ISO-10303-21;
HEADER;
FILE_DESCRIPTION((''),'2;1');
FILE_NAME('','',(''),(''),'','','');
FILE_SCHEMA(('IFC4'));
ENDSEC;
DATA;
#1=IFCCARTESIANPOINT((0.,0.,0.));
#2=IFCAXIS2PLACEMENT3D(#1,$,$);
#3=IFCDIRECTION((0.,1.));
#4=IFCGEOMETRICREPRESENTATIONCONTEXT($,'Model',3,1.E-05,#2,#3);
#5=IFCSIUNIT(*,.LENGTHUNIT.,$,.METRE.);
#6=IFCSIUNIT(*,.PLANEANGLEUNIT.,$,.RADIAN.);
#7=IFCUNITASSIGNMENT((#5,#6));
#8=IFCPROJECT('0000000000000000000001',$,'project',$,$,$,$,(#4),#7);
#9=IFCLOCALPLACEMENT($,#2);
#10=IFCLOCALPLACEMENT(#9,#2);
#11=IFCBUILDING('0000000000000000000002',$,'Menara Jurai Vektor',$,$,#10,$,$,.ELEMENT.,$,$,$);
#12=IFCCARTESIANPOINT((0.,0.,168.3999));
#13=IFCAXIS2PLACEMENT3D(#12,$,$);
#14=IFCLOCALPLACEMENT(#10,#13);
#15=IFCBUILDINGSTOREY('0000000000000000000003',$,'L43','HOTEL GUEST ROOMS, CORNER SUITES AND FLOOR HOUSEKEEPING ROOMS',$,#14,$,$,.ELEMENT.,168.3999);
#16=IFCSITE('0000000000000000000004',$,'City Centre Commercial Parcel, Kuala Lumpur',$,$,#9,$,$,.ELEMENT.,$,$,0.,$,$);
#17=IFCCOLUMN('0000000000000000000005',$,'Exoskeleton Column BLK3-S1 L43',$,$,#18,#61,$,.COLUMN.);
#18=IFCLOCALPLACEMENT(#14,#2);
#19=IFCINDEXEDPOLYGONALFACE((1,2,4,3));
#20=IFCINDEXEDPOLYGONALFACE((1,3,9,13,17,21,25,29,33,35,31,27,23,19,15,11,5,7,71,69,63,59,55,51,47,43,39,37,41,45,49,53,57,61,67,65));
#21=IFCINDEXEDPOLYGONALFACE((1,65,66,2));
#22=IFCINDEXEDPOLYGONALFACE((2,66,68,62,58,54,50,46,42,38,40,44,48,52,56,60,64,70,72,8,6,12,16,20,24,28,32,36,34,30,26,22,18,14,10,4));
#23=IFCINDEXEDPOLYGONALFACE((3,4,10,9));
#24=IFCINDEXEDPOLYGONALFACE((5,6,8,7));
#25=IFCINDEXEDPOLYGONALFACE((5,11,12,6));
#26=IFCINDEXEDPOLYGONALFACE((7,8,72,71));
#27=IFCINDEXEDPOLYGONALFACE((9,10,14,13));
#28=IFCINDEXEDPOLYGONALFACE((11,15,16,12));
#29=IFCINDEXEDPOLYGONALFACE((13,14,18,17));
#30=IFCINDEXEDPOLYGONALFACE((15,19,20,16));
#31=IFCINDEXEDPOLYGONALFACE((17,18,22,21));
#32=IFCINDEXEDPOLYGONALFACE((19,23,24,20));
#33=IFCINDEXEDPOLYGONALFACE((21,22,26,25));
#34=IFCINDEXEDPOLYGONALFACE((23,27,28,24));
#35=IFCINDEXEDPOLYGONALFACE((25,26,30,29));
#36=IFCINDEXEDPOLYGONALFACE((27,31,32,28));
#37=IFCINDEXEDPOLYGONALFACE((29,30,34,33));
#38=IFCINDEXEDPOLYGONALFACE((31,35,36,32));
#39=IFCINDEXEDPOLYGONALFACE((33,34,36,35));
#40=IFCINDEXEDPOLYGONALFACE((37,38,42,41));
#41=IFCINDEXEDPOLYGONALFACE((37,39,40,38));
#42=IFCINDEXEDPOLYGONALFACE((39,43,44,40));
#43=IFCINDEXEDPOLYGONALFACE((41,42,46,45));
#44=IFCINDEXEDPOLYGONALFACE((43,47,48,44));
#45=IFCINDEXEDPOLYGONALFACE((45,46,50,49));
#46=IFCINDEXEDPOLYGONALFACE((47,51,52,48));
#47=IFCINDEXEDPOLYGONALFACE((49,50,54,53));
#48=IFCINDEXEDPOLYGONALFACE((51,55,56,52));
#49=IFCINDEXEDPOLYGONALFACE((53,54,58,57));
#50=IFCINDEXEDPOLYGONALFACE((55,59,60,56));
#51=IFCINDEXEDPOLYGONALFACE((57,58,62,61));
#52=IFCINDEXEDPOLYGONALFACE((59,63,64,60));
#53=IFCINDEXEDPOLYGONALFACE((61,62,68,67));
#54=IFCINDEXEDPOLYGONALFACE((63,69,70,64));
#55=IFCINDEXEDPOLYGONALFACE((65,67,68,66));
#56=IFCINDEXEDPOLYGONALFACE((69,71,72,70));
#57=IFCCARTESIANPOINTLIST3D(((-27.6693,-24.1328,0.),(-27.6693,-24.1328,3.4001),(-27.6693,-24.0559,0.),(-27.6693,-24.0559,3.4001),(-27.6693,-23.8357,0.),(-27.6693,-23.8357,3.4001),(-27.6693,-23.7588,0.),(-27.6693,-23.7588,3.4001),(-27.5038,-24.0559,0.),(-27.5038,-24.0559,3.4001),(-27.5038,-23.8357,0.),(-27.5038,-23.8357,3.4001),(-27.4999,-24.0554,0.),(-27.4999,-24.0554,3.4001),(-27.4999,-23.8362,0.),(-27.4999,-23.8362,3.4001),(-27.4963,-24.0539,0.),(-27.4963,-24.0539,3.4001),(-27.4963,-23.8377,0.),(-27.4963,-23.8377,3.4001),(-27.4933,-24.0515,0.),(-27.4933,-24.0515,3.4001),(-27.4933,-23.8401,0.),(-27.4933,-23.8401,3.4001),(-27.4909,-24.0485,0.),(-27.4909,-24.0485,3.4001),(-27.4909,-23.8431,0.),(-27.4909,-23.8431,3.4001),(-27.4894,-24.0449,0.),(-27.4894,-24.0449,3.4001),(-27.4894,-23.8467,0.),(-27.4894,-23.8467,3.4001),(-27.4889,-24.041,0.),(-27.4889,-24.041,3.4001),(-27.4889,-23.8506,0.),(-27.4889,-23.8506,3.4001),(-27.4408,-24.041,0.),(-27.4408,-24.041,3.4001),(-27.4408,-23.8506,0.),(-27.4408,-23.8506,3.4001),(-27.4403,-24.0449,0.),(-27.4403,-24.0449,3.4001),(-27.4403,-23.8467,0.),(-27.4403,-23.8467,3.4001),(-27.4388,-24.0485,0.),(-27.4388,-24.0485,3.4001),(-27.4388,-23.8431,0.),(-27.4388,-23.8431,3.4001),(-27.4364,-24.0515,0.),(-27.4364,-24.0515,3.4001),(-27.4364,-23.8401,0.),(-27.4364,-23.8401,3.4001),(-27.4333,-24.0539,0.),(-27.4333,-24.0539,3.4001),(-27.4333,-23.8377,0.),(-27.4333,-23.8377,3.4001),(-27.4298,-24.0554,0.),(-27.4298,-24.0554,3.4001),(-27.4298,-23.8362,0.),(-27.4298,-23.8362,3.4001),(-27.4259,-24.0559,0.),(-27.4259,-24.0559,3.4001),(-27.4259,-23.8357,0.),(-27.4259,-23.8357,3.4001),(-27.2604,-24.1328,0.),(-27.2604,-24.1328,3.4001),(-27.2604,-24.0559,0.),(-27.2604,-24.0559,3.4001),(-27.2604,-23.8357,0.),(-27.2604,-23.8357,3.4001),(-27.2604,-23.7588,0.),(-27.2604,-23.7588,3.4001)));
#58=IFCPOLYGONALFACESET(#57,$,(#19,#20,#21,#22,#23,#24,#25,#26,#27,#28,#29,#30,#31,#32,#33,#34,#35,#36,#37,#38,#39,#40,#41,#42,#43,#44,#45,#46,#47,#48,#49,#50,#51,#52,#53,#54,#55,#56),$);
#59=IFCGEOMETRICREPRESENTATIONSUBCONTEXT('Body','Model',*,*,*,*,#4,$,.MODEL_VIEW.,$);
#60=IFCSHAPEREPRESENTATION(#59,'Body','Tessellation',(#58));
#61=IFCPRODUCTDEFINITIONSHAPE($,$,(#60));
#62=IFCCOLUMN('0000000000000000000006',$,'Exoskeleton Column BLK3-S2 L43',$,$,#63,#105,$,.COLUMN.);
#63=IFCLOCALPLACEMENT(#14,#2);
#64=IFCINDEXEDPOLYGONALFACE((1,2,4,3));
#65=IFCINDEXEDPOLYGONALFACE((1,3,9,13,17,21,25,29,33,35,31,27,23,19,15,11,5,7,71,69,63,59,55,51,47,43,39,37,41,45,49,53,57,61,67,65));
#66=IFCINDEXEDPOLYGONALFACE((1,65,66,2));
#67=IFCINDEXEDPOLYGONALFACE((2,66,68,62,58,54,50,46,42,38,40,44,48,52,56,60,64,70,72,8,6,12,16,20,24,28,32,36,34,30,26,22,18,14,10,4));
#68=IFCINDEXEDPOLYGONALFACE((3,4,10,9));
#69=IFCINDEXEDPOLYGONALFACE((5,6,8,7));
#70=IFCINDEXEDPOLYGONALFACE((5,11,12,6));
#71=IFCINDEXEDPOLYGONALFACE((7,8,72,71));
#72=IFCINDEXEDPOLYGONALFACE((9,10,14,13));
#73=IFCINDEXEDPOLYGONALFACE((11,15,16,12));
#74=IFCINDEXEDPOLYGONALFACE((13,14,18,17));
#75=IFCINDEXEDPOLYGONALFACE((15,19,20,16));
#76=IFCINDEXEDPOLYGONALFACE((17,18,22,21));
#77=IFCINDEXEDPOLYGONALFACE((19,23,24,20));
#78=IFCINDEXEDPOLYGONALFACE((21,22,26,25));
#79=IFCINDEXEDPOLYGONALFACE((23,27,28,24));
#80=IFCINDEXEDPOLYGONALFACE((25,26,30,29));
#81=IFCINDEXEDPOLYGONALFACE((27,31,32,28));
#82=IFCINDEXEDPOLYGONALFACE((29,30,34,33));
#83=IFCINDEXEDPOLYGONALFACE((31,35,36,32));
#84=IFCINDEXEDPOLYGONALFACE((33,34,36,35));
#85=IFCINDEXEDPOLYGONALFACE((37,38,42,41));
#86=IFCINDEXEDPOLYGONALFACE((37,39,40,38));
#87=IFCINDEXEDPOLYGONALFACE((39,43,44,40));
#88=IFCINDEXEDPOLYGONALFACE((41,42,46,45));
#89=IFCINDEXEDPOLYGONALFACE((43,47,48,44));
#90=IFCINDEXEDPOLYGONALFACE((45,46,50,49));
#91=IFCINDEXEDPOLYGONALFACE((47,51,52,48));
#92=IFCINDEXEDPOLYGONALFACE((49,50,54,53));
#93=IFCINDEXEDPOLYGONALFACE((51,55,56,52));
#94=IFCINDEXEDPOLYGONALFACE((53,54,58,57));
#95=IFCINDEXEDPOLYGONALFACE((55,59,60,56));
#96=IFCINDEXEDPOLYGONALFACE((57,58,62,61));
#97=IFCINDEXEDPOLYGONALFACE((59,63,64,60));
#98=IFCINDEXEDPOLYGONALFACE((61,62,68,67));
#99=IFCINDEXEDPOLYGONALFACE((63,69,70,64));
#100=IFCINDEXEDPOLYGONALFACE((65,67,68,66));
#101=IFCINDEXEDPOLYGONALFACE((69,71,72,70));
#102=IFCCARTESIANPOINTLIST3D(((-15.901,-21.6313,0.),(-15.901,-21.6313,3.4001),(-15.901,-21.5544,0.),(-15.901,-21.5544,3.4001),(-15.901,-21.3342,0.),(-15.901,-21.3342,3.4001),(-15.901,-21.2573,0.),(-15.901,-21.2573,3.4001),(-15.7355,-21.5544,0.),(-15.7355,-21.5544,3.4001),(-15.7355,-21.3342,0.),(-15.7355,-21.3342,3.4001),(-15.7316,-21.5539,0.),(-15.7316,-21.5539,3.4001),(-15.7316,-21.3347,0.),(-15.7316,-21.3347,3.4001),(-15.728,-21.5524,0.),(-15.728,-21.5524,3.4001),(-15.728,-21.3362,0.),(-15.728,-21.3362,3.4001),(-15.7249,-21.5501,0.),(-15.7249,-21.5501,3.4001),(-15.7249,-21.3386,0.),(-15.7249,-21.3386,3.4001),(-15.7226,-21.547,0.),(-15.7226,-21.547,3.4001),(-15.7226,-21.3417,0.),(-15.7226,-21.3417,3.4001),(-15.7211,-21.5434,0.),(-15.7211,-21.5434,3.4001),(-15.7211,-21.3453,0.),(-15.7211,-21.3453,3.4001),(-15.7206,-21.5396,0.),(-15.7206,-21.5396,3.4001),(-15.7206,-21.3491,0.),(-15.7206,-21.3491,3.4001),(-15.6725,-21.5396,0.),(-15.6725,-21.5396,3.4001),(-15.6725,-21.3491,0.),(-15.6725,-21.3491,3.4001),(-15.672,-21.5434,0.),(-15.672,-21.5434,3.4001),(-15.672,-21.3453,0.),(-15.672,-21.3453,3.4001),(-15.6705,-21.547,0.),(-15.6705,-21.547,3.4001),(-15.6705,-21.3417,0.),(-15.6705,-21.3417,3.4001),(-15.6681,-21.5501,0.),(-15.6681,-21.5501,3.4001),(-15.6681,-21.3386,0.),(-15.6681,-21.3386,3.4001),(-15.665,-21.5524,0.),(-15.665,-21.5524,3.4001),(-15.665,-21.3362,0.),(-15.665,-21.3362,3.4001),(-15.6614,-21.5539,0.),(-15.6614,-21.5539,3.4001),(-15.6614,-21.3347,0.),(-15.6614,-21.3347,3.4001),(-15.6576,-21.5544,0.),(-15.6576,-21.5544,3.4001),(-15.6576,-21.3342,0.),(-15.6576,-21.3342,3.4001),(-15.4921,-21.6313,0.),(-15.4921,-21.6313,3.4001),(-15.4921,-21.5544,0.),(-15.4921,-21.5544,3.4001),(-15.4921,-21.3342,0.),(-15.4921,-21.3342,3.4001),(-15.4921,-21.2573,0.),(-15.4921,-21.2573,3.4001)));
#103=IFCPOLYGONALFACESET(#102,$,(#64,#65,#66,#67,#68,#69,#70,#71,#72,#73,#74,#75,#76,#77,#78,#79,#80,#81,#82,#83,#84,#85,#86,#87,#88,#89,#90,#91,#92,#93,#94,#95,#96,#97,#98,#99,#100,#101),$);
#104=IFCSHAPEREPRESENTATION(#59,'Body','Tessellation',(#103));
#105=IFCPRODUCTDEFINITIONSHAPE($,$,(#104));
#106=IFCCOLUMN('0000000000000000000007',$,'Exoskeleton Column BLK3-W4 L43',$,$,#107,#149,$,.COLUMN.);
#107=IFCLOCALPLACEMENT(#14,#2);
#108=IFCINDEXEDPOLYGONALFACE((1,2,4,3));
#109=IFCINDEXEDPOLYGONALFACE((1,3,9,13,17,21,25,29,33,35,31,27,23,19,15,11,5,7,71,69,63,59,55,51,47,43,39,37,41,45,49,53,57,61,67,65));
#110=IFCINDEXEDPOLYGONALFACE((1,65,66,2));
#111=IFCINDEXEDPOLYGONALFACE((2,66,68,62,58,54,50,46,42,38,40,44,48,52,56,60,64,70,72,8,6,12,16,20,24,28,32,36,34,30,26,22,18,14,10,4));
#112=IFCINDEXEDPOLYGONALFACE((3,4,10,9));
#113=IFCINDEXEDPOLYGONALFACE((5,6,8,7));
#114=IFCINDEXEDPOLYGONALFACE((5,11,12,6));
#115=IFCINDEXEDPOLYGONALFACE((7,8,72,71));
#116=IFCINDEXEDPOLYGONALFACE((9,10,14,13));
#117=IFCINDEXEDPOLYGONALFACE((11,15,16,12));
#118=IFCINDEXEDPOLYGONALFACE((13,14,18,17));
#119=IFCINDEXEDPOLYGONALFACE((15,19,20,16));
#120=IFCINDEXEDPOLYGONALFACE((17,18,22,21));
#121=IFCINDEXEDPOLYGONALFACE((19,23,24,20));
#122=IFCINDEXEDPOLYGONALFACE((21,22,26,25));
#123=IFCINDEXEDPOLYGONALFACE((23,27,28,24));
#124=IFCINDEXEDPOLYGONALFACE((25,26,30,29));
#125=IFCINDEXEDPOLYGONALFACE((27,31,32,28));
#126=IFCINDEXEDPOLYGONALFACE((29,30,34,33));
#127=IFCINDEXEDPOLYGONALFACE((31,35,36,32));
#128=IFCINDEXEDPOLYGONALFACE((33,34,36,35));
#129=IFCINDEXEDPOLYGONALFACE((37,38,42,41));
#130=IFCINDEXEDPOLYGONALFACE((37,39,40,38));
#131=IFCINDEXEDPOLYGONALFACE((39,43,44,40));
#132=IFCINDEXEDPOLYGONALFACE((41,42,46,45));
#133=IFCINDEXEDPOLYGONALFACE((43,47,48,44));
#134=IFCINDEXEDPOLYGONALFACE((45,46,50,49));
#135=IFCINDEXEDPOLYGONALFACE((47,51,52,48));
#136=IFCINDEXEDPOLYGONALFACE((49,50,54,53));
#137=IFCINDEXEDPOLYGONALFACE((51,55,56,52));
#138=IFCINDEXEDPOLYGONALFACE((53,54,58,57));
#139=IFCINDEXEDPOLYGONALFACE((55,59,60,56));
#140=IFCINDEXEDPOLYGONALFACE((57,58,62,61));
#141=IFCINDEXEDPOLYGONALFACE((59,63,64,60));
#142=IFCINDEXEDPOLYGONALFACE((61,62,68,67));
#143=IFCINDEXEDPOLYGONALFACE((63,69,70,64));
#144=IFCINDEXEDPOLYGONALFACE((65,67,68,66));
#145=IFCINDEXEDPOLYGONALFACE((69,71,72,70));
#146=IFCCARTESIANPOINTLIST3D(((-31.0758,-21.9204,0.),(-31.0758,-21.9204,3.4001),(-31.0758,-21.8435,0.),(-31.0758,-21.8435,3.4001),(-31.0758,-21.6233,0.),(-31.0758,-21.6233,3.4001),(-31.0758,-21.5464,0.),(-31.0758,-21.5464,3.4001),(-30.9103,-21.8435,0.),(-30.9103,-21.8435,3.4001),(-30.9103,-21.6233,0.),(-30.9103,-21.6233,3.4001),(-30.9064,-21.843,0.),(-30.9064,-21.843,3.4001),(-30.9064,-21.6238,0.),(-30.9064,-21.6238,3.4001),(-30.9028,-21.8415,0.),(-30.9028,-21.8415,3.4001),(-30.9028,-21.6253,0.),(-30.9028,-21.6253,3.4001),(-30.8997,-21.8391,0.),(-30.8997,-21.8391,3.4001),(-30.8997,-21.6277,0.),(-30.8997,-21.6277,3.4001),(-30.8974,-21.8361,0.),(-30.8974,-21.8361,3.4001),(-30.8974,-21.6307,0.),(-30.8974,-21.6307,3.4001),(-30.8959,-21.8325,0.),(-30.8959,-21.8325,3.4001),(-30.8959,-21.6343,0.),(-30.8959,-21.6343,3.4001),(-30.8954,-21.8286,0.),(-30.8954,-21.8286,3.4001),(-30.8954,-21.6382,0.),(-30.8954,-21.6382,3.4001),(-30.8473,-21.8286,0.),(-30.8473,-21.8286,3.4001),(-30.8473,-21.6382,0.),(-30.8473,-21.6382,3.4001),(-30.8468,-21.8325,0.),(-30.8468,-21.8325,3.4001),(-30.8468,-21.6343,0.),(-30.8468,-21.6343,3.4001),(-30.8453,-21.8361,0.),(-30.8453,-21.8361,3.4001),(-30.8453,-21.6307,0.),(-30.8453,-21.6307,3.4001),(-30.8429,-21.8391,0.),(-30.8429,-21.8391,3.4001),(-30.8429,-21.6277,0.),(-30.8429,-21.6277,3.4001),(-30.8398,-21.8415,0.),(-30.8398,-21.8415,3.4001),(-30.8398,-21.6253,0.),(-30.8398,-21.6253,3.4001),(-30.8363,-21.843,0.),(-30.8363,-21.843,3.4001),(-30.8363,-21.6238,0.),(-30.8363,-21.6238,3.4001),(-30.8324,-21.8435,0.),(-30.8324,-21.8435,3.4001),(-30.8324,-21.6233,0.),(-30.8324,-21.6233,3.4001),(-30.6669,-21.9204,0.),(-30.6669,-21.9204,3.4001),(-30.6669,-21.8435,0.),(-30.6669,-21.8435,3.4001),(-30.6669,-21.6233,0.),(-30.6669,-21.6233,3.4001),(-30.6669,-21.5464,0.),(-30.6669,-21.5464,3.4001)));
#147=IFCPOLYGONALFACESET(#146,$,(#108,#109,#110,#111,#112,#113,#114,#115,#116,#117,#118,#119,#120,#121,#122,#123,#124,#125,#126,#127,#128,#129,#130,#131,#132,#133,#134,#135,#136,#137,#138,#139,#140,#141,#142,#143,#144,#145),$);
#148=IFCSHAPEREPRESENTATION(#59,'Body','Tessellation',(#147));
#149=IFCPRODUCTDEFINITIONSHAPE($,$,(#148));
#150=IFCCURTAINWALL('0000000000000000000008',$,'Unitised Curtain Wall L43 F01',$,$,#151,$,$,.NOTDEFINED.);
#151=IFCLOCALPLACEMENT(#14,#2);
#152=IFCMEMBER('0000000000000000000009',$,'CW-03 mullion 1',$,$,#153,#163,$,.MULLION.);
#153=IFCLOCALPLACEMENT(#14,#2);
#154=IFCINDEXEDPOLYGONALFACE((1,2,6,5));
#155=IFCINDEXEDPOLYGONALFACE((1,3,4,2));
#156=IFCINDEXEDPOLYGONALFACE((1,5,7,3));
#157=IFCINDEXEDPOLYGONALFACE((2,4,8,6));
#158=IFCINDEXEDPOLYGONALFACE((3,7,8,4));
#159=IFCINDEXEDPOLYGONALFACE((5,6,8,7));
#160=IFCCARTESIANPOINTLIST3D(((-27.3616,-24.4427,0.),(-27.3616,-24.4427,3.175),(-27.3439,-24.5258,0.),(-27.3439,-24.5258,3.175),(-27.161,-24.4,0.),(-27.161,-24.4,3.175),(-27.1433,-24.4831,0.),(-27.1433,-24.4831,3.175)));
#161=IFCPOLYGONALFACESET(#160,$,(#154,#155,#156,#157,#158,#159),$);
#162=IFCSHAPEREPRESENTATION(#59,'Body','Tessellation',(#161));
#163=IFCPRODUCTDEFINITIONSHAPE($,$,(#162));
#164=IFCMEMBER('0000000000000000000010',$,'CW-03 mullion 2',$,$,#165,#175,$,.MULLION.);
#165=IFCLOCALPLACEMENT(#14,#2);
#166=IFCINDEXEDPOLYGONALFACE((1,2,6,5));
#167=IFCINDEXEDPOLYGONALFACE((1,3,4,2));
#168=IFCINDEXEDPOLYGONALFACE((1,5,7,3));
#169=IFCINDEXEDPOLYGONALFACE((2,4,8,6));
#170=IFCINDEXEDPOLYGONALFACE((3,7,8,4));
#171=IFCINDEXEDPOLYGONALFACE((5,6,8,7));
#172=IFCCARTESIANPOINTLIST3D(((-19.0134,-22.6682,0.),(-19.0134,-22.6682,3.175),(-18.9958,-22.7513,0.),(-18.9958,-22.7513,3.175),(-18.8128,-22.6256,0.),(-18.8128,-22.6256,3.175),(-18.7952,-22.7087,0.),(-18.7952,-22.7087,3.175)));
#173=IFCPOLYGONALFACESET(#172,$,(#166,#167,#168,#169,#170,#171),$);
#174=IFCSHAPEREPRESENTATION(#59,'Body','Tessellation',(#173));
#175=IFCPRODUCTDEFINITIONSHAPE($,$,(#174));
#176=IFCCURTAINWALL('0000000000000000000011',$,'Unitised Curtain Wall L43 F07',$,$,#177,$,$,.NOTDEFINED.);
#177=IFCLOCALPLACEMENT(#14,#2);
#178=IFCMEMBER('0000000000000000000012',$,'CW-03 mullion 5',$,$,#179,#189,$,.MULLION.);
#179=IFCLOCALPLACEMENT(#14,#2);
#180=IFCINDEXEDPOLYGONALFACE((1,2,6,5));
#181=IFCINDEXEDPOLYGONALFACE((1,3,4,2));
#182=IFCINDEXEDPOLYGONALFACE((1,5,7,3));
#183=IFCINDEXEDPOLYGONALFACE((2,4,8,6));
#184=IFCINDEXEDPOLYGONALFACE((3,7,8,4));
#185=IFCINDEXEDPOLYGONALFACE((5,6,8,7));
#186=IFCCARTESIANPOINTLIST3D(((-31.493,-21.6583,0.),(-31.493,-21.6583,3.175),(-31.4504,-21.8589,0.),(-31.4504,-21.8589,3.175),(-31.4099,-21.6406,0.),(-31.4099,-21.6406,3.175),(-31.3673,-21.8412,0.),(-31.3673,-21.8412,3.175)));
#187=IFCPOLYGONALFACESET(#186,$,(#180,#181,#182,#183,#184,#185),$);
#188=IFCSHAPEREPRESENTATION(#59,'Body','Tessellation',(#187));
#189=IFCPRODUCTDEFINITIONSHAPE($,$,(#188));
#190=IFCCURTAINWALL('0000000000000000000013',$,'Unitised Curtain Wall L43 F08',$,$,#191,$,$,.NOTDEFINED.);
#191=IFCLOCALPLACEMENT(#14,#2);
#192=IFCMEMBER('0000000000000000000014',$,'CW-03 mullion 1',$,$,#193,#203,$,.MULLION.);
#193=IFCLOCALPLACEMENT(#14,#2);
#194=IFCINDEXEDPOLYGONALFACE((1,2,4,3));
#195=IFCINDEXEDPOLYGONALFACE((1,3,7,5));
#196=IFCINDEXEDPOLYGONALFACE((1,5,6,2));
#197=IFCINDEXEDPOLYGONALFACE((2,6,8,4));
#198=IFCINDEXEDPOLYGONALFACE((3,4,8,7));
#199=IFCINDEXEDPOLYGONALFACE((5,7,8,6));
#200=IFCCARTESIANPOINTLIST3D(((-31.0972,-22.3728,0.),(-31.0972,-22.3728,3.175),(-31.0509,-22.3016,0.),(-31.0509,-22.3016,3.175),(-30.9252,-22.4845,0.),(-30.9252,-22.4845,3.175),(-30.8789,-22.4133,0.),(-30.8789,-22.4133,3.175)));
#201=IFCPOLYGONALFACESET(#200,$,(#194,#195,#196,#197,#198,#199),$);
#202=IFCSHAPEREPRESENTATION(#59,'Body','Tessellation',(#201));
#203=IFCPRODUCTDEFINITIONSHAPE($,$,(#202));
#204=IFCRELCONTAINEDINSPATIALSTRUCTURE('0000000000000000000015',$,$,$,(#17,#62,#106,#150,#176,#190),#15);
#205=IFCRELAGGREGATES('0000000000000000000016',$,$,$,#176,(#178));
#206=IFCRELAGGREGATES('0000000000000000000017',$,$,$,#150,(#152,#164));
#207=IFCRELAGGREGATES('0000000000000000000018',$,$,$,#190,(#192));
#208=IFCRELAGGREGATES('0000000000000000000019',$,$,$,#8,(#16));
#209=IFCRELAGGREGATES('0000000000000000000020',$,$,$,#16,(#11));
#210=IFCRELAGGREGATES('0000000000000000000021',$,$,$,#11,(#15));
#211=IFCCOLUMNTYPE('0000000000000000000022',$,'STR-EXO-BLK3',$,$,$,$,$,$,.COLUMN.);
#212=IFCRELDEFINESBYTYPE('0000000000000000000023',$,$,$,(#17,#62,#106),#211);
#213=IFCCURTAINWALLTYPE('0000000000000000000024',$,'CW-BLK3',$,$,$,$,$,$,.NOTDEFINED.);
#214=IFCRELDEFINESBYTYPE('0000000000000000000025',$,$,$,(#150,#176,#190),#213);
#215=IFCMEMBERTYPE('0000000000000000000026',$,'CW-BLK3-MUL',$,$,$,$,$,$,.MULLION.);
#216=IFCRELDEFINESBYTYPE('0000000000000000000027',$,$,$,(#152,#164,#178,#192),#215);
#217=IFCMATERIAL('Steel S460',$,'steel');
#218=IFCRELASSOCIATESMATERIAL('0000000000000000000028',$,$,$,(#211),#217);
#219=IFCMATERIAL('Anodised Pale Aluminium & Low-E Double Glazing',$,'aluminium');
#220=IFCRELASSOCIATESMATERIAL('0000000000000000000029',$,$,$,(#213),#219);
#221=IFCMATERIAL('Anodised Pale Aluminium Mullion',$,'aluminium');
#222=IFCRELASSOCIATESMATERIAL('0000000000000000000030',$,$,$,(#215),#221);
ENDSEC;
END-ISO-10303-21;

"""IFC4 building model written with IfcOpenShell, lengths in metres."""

from ifc_helpers import new_model, si_unit, direction, frame, origin, origin_2d, place, context, subcontext, project, spatial, rectangle, i_section, extrude, material, material_profile, profile_set, type_object, element, aggregate, save


model = new_model("IFC4")

# Units and contexts
model_context = context("Model", 3, precision=1e-05, world=origin(), true_north=direction((0.0, 1.0)))
body_context = subcontext(model_context, "Body", "Model", "MODEL_VIEW")
ifc_project = project(units=[si_unit("LENGTHUNIT", "METRE"), si_unit("PLANEANGLEUNIT", "RADIAN")], contexts=[model_context])

# Site, building, storey
site_placement = place(None, origin())
site = spatial("IfcSite", under=ifc_project, at=site_placement, Name="City Centre Commercial Parcel, Kuala Lumpur", CompositionType="ELEMENT", RefElevation=0.0)
building_placement = place(site_placement, origin())
building = spatial("IfcBuilding", under=site, at=building_placement, Name="Menara Jurai Vektor", CompositionType="ELEMENT")
storey_placement = place(building_placement, frame((0.0, 0.0, 168.3999)))
storey = spatial("IfcBuildingStorey", under=building, at=storey_placement, Name="L43", Description="HOTEL GUEST ROOMS, CORNER SUITES AND FLOOR HOUSEKEEPING ROOMS", CompositionType="ELEMENT", Elevation=168.3999)

# Columns
ifc_material_1 = material(Name="Steel S460", Category="steel")
ifc_material_profile_1 = material_profile(ifc_material_1, i_section(OverallWidth=0.4089, OverallDepth=0.374, WebThickness=0.0481, FlangeThickness=0.0769, FilletRadius=0.0149, at=origin_2d()), Name="HD 400x634")
ifc_profile_set_1 = profile_set([ifc_material_profile_1], Name="Steel S460")
column_type = type_object("IfcColumnType", Name="STR-EXO-BLK3", PredefinedType="COLUMN", material=ifc_profile_set_1)
for number, where, z_axis, x_axis, name in (
    (1, (-27.4648, -23.9458, 0.0), (0.0, 0.0, 1.0), (1.0, 0.0, 0.0), "Exoskeleton Column BLK3-S1 L43"),
    (2, (-15.6965, -21.4443, 0.0), (0.0, 0.0, 1.0), (1.0, 0.0, 0.0), "Exoskeleton Column BLK3-S2 L43"),
    (3, (-30.8713, -21.7334, 0.0), (0.0, 0.0, 1.0), (1.0, 0.0, 0.0), "Exoskeleton Column BLK3-W4 L43"),
):
    element("IfcColumn", number, at=place(storey_placement, frame(where, z_axis=z_axis, x_axis=x_axis)), inside=storey, type_object=column_type, Name=name, PredefinedType="COLUMN", context=body_context, shape_type="SweptSolid", body=[
        extrude(i_section(OverallWidth=0.4089, OverallDepth=0.374, WebThickness=0.0481, FlangeThickness=0.0769, FilletRadius=0.0149, at=origin_2d()), origin(), (0.0, 0.0, 1.0), 3.4001),
    ])

# Curtain wall, members
ifc_material_2 = material(Name="Anodised Pale Aluminium & Low-E Double Glazing", Category="aluminium")
curtain_wall_type = type_object("IfcCurtainWallType", Name="CW-BLK3", PredefinedType="NOTDEFINED", material=ifc_material_2)
curtain_wall_1_placement = place(storey_placement, origin())
curtain_wall_1 = element("IfcCurtainWall", 4, at=curtain_wall_1_placement, inside=storey, type_object=curtain_wall_type, Name="Unitised Curtain Wall L43 F01", PredefinedType="NOTDEFINED")
ifc_material_3 = material(Name="Anodised Pale Aluminium Mullion", Category="aluminium")
ifc_material_profile_2 = material_profile(ifc_material_3, rectangle(XDim=0.085, YDim=0.2051, at=origin_2d()), Name="ALU MUL 85x205")
ifc_profile_set_2 = profile_set([ifc_material_profile_2], Name="Anodised Pale Aluminium Mullion")
member_type_1 = type_object("IfcMemberType", Name="CW-BLK3-MUL", PredefinedType="MULLION", material=ifc_profile_set_2)
member_1_placement = place(storey_placement, frame((-27.2524, -24.4629, 0.0), z_axis=(0.0, 0.0, 1.0), x_axis=(-0.207911, 0.978148, 0.0)))
member_1 = element("IfcMember", 5, at=member_1_placement, type_object=member_type_1, Name="CW-03 mullion 1", PredefinedType="MULLION", context=body_context, shape_type="SweptSolid", body=[
    extrude(rectangle(XDim=0.085, YDim=0.2051, at=origin_2d()), origin(), (0.0, 0.0, 1.0), 3.175),
])
member_2_placement = place(storey_placement, frame((-18.9043, -22.6885, 0.0), z_axis=(0.0, 0.0, 1.0), x_axis=(-0.207911, 0.978148, 0.0)))
member_2 = element("IfcMember", 6, at=member_2_placement, type_object=member_type_1, Name="CW-03 mullion 2", PredefinedType="MULLION", context=body_context, shape_type="SweptSolid", body=[
    extrude(rectangle(XDim=0.085, YDim=0.2051, at=origin_2d()), origin(), (0.0, 0.0, 1.0), 3.175),
])

# Curtain wall, member
curtain_wall_2_placement = place(storey_placement, origin())
curtain_wall_2 = element("IfcCurtainWall", 7, at=curtain_wall_2_placement, inside=storey, type_object=curtain_wall_type, Name="Unitised Curtain Wall L43 F07", PredefinedType="NOTDEFINED")
member_3_placement = place(storey_placement, frame((-31.4302, -21.7498, 0.0), z_axis=(0.0, 0.0, 1.0), x_axis=(0.978148, 0.20791, 0.0)))
member_3 = element("IfcMember", 8, at=member_3_placement, type_object=member_type_1, Name="CW-03 mullion 5", PredefinedType="MULLION", context=body_context, shape_type="SweptSolid", body=[
    extrude(rectangle(XDim=0.085, YDim=0.2051, at=origin_2d()), origin(), (0.0, 0.0, 1.0), 3.175),
])
aggregate(curtain_wall_2, [member_3])

# Curtain wall, member
curtain_wall_3_placement = place(storey_placement, origin())
curtain_wall_3 = element("IfcCurtainWall", 9, at=curtain_wall_3_placement, inside=storey, type_object=curtain_wall_type, Name="Unitised Curtain Wall L43 F08", PredefinedType="NOTDEFINED")
member_4_placement = place(storey_placement, frame((-30.988, -22.3931, 0.0), z_axis=(0.0, 0.0, 1.0), x_axis=(0.544618, 0.838684, 0.0)))
member_4 = element("IfcMember", 10, at=member_4_placement, type_object=member_type_1, Name="CW-03 mullion 1", PredefinedType="MULLION", context=body_context, shape_type="SweptSolid", body=[
    extrude(rectangle(XDim=0.085, YDim=0.2051, at=origin_2d()), origin(), (0.0, 0.0, 1.0), 3.175),
])

aggregate(curtain_wall_1, [member_1, member_2])
aggregate(curtain_wall_3, [member_4])

save(model, "model.ifc")
